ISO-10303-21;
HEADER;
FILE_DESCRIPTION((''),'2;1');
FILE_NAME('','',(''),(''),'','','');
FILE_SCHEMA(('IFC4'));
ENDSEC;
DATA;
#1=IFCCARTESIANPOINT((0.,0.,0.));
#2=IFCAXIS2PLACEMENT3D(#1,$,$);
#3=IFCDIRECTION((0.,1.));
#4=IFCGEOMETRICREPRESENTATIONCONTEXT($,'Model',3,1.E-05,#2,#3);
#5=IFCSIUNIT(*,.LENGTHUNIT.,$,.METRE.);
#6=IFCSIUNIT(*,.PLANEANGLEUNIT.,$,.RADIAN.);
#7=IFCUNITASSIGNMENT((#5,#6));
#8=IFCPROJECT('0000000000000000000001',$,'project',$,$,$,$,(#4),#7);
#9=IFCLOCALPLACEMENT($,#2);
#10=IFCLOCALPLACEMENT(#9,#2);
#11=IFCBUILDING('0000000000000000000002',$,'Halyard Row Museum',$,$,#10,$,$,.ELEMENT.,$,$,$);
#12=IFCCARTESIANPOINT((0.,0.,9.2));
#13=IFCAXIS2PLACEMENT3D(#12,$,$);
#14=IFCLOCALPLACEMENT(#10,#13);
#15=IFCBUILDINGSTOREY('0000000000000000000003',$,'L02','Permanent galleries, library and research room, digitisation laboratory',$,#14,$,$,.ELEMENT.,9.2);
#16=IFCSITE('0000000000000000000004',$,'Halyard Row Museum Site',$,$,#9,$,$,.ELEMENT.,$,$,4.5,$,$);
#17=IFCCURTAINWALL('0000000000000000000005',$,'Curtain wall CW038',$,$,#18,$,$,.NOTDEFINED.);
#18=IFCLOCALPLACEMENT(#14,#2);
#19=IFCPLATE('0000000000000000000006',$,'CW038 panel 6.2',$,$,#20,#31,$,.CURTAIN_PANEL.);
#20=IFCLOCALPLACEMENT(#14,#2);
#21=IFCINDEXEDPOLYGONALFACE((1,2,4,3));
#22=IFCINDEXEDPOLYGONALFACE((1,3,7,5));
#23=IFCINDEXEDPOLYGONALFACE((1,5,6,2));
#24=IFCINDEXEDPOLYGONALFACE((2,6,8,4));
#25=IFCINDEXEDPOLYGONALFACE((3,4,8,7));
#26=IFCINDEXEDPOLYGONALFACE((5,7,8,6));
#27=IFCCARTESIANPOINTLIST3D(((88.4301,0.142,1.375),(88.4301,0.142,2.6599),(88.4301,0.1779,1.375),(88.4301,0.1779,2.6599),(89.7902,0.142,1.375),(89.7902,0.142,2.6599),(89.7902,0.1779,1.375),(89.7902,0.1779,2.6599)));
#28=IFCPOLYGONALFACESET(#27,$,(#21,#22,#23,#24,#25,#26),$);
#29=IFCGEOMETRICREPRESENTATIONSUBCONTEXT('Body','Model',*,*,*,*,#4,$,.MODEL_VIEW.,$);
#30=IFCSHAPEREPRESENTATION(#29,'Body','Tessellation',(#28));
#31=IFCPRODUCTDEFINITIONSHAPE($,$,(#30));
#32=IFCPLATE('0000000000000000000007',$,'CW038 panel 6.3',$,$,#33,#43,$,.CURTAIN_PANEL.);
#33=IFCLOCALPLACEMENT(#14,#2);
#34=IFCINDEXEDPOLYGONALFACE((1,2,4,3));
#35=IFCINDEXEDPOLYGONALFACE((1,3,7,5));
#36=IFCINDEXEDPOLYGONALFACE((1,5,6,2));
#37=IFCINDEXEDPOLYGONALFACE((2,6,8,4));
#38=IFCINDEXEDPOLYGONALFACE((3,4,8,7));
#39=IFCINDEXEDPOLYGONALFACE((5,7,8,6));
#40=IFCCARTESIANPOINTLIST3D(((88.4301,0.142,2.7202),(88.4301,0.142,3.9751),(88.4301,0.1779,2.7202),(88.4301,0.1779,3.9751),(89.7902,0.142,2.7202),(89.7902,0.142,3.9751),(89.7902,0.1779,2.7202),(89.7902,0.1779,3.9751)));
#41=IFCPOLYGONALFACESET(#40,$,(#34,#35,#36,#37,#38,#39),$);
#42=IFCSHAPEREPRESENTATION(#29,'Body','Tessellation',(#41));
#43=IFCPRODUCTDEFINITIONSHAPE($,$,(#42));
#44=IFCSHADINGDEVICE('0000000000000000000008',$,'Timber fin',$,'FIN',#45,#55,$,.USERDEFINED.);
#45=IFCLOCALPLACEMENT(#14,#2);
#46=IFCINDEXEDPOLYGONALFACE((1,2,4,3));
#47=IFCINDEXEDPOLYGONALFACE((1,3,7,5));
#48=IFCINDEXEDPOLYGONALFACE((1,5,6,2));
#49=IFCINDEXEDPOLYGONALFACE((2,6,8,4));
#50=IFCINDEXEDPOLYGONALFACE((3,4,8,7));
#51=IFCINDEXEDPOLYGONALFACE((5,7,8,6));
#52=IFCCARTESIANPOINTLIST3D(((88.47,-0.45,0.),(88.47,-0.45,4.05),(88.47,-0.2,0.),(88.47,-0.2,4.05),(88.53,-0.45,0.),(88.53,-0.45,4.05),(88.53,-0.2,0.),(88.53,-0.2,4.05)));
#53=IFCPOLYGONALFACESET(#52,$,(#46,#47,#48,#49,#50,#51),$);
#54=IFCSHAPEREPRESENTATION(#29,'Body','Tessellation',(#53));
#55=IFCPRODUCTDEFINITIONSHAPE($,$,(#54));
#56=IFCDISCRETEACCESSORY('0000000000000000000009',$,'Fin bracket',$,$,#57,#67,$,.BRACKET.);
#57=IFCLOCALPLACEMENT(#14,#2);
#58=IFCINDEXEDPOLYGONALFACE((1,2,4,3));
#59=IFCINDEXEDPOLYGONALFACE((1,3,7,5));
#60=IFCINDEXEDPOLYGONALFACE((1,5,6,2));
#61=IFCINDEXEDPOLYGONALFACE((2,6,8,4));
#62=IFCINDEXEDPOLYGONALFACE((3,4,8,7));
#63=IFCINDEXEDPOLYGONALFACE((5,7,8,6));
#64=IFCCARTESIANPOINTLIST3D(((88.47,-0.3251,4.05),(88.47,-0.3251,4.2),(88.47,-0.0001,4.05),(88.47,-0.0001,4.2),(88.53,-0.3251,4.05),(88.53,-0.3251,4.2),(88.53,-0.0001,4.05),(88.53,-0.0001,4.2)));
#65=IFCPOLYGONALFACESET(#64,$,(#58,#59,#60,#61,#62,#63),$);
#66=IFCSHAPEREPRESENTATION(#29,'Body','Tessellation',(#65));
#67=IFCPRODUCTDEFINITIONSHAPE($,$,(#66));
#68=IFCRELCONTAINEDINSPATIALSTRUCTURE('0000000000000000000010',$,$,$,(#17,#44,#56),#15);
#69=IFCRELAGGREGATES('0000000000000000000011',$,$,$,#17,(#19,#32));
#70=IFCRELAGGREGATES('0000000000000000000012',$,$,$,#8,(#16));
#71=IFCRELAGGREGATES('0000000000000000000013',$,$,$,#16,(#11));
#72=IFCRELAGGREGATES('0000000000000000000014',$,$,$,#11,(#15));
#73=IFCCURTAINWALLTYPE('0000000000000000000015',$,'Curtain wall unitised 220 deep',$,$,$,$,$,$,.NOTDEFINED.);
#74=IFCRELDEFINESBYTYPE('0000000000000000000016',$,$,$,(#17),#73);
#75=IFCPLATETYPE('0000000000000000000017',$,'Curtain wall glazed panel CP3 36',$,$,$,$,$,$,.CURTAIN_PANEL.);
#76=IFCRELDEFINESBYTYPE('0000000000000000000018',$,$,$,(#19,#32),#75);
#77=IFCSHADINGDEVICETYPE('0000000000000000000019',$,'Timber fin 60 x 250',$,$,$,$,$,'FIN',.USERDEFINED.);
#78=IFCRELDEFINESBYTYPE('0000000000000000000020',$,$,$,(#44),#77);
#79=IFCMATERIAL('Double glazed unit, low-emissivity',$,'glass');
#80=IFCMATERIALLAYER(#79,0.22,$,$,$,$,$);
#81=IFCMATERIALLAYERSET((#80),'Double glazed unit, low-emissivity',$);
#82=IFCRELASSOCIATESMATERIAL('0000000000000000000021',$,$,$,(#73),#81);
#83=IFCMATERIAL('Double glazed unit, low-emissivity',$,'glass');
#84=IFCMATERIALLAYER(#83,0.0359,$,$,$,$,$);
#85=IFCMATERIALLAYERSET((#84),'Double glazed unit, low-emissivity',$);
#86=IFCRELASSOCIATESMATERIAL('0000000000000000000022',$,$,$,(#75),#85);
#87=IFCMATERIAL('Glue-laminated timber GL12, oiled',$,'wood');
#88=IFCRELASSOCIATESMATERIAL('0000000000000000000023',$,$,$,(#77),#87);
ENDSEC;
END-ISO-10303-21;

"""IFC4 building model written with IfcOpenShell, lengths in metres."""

from ifc_helpers import new_model, si_unit, direction, frame, origin, origin_2d, place, context, subcontext, project, spatial, rectangle, extrude, material, layer, layer_set, type_object, element, aggregate, save


model = new_model("IFC4")

# Units and contexts
model_context = context("Model", 3, precision=1e-05, world=origin(), true_north=direction((0.0, 1.0)))
body_context = subcontext(model_context, "Body", "Model", "MODEL_VIEW")
ifc_project = project(units=[si_unit("LENGTHUNIT", "METRE"), si_unit("PLANEANGLEUNIT", "RADIAN")], contexts=[model_context])

# Site, building, storey
site_placement = place(None, origin())
site = spatial("IfcSite", under=ifc_project, at=site_placement, Name="Halyard Row Museum Site", CompositionType="ELEMENT", RefElevation=4.5)
building_placement = place(site_placement, origin())
building = spatial("IfcBuilding", under=site, at=building_placement, Name="Halyard Row Museum", CompositionType="ELEMENT")
storey_placement = place(building_placement, frame((0.0, 0.0, 9.2)))
storey = spatial("IfcBuildingStorey", under=building, at=storey_placement, Name="L02", Description="Permanent galleries, library and research room, digitisation laboratory", CompositionType="ELEMENT", Elevation=9.2)

# Curtain wall
ifc_material_1 = material(Name="Double glazed unit, low-emissivity", Category="glass")
ifc_layer_1 = layer(ifc_material_1, 0.22)
ifc_layer_set_1 = layer_set([ifc_layer_1], Name="Double glazed unit, low-emissivity")
curtain_wall_type = type_object("IfcCurtainWallType", Name="Curtain wall unitised 220 deep", PredefinedType="NOTDEFINED", material=ifc_layer_set_1)
curtain_wall_placement = place(storey_placement, origin())
curtain_wall = element("IfcCurtainWall", 1, at=curtain_wall_placement, inside=storey, type_object=curtain_wall_type, Name="Curtain wall CW038", PredefinedType="NOTDEFINED")

# Plates
ifc_material_2 = material(Name="Double glazed unit, low-emissivity", Category="glass")
ifc_layer_2 = layer(ifc_material_2, 0.0359)
ifc_layer_set_2 = layer_set([ifc_layer_2], Name="Double glazed unit, low-emissivity")
plate_type = type_object("IfcPlateType", Name="Curtain wall glazed panel CP3 36", PredefinedType="CURTAIN_PANEL", material=ifc_layer_set_2)
plate_1_placement = place(storey_placement, frame((89.1101, 0.1599, 1.375), z_axis=(0.0, 0.0, 1.0), x_axis=(1.0, 0.0, 0.0)))
plate_1 = element("IfcPlate", 2, at=plate_1_placement, type_object=plate_type, Name="CW038 panel 6.2", PredefinedType="CURTAIN_PANEL", context=body_context, shape_type="SweptSolid", body=[
    extrude(rectangle(XDim=1.3601, YDim=0.0359, at=origin_2d()), origin(), (0.0, 0.0, 1.0), 1.2849),
])
plate_2_placement = place(storey_placement, frame((89.1101, 0.1599, 2.7202), z_axis=(0.0, 0.0, 1.0), x_axis=(1.0, 0.0, 0.0)))
plate_2 = element("IfcPlate", 3, at=plate_2_placement, type_object=plate_type, Name="CW038 panel 6.3", PredefinedType="CURTAIN_PANEL", context=body_context, shape_type="SweptSolid", body=[
    extrude(rectangle(XDim=1.3601, YDim=0.0359, at=origin_2d()), origin(), (0.0, 0.0, 1.0), 1.2549),
])
aggregate(curtain_wall, [plate_1, plate_2])

# Shading device
ifc_material_3 = material(Name="Glue-laminated timber GL12, oiled", Category="wood")
shading_device_type = type_object("IfcShadingDeviceType", Name="Timber fin 60 x 250", ElementType="FIN", PredefinedType="USERDEFINED", material=ifc_material_3)
shading_device_placement = place(storey_placement, frame((88.5, -0.325, 0.0), z_axis=(0.0, 0.0, 1.0), x_axis=(1.0, 0.0, 0.0)))
element("IfcShadingDevice", 4, at=shading_device_placement, inside=storey, type_object=shading_device_type, Name="Timber fin", ObjectType="FIN", PredefinedType="USERDEFINED", context=body_context, shape_type="SweptSolid", body=[
    extrude(rectangle(XDim=0.0601, YDim=0.25, at=origin_2d()), origin(), (0.0, 0.0, 1.0), 4.05),
])

# Discrete accessory
discrete_accessory_placement = place(storey_placement, frame((88.5, -0.1626, 4.05), z_axis=(0.0, 0.0, 1.0), x_axis=(1.0, 0.0, 0.0)))
element("IfcDiscreteAccessory", 5, at=discrete_accessory_placement, inside=storey, Name="Fin bracket", PredefinedType="BRACKET", context=body_context, shape_type="SweptSolid", body=[
    extrude(rectangle(XDim=0.0601, YDim=0.325, at=origin_2d()), origin(), (0.0, 0.0, 1.0), 0.1499),
])

save(model, "model.ifc")
